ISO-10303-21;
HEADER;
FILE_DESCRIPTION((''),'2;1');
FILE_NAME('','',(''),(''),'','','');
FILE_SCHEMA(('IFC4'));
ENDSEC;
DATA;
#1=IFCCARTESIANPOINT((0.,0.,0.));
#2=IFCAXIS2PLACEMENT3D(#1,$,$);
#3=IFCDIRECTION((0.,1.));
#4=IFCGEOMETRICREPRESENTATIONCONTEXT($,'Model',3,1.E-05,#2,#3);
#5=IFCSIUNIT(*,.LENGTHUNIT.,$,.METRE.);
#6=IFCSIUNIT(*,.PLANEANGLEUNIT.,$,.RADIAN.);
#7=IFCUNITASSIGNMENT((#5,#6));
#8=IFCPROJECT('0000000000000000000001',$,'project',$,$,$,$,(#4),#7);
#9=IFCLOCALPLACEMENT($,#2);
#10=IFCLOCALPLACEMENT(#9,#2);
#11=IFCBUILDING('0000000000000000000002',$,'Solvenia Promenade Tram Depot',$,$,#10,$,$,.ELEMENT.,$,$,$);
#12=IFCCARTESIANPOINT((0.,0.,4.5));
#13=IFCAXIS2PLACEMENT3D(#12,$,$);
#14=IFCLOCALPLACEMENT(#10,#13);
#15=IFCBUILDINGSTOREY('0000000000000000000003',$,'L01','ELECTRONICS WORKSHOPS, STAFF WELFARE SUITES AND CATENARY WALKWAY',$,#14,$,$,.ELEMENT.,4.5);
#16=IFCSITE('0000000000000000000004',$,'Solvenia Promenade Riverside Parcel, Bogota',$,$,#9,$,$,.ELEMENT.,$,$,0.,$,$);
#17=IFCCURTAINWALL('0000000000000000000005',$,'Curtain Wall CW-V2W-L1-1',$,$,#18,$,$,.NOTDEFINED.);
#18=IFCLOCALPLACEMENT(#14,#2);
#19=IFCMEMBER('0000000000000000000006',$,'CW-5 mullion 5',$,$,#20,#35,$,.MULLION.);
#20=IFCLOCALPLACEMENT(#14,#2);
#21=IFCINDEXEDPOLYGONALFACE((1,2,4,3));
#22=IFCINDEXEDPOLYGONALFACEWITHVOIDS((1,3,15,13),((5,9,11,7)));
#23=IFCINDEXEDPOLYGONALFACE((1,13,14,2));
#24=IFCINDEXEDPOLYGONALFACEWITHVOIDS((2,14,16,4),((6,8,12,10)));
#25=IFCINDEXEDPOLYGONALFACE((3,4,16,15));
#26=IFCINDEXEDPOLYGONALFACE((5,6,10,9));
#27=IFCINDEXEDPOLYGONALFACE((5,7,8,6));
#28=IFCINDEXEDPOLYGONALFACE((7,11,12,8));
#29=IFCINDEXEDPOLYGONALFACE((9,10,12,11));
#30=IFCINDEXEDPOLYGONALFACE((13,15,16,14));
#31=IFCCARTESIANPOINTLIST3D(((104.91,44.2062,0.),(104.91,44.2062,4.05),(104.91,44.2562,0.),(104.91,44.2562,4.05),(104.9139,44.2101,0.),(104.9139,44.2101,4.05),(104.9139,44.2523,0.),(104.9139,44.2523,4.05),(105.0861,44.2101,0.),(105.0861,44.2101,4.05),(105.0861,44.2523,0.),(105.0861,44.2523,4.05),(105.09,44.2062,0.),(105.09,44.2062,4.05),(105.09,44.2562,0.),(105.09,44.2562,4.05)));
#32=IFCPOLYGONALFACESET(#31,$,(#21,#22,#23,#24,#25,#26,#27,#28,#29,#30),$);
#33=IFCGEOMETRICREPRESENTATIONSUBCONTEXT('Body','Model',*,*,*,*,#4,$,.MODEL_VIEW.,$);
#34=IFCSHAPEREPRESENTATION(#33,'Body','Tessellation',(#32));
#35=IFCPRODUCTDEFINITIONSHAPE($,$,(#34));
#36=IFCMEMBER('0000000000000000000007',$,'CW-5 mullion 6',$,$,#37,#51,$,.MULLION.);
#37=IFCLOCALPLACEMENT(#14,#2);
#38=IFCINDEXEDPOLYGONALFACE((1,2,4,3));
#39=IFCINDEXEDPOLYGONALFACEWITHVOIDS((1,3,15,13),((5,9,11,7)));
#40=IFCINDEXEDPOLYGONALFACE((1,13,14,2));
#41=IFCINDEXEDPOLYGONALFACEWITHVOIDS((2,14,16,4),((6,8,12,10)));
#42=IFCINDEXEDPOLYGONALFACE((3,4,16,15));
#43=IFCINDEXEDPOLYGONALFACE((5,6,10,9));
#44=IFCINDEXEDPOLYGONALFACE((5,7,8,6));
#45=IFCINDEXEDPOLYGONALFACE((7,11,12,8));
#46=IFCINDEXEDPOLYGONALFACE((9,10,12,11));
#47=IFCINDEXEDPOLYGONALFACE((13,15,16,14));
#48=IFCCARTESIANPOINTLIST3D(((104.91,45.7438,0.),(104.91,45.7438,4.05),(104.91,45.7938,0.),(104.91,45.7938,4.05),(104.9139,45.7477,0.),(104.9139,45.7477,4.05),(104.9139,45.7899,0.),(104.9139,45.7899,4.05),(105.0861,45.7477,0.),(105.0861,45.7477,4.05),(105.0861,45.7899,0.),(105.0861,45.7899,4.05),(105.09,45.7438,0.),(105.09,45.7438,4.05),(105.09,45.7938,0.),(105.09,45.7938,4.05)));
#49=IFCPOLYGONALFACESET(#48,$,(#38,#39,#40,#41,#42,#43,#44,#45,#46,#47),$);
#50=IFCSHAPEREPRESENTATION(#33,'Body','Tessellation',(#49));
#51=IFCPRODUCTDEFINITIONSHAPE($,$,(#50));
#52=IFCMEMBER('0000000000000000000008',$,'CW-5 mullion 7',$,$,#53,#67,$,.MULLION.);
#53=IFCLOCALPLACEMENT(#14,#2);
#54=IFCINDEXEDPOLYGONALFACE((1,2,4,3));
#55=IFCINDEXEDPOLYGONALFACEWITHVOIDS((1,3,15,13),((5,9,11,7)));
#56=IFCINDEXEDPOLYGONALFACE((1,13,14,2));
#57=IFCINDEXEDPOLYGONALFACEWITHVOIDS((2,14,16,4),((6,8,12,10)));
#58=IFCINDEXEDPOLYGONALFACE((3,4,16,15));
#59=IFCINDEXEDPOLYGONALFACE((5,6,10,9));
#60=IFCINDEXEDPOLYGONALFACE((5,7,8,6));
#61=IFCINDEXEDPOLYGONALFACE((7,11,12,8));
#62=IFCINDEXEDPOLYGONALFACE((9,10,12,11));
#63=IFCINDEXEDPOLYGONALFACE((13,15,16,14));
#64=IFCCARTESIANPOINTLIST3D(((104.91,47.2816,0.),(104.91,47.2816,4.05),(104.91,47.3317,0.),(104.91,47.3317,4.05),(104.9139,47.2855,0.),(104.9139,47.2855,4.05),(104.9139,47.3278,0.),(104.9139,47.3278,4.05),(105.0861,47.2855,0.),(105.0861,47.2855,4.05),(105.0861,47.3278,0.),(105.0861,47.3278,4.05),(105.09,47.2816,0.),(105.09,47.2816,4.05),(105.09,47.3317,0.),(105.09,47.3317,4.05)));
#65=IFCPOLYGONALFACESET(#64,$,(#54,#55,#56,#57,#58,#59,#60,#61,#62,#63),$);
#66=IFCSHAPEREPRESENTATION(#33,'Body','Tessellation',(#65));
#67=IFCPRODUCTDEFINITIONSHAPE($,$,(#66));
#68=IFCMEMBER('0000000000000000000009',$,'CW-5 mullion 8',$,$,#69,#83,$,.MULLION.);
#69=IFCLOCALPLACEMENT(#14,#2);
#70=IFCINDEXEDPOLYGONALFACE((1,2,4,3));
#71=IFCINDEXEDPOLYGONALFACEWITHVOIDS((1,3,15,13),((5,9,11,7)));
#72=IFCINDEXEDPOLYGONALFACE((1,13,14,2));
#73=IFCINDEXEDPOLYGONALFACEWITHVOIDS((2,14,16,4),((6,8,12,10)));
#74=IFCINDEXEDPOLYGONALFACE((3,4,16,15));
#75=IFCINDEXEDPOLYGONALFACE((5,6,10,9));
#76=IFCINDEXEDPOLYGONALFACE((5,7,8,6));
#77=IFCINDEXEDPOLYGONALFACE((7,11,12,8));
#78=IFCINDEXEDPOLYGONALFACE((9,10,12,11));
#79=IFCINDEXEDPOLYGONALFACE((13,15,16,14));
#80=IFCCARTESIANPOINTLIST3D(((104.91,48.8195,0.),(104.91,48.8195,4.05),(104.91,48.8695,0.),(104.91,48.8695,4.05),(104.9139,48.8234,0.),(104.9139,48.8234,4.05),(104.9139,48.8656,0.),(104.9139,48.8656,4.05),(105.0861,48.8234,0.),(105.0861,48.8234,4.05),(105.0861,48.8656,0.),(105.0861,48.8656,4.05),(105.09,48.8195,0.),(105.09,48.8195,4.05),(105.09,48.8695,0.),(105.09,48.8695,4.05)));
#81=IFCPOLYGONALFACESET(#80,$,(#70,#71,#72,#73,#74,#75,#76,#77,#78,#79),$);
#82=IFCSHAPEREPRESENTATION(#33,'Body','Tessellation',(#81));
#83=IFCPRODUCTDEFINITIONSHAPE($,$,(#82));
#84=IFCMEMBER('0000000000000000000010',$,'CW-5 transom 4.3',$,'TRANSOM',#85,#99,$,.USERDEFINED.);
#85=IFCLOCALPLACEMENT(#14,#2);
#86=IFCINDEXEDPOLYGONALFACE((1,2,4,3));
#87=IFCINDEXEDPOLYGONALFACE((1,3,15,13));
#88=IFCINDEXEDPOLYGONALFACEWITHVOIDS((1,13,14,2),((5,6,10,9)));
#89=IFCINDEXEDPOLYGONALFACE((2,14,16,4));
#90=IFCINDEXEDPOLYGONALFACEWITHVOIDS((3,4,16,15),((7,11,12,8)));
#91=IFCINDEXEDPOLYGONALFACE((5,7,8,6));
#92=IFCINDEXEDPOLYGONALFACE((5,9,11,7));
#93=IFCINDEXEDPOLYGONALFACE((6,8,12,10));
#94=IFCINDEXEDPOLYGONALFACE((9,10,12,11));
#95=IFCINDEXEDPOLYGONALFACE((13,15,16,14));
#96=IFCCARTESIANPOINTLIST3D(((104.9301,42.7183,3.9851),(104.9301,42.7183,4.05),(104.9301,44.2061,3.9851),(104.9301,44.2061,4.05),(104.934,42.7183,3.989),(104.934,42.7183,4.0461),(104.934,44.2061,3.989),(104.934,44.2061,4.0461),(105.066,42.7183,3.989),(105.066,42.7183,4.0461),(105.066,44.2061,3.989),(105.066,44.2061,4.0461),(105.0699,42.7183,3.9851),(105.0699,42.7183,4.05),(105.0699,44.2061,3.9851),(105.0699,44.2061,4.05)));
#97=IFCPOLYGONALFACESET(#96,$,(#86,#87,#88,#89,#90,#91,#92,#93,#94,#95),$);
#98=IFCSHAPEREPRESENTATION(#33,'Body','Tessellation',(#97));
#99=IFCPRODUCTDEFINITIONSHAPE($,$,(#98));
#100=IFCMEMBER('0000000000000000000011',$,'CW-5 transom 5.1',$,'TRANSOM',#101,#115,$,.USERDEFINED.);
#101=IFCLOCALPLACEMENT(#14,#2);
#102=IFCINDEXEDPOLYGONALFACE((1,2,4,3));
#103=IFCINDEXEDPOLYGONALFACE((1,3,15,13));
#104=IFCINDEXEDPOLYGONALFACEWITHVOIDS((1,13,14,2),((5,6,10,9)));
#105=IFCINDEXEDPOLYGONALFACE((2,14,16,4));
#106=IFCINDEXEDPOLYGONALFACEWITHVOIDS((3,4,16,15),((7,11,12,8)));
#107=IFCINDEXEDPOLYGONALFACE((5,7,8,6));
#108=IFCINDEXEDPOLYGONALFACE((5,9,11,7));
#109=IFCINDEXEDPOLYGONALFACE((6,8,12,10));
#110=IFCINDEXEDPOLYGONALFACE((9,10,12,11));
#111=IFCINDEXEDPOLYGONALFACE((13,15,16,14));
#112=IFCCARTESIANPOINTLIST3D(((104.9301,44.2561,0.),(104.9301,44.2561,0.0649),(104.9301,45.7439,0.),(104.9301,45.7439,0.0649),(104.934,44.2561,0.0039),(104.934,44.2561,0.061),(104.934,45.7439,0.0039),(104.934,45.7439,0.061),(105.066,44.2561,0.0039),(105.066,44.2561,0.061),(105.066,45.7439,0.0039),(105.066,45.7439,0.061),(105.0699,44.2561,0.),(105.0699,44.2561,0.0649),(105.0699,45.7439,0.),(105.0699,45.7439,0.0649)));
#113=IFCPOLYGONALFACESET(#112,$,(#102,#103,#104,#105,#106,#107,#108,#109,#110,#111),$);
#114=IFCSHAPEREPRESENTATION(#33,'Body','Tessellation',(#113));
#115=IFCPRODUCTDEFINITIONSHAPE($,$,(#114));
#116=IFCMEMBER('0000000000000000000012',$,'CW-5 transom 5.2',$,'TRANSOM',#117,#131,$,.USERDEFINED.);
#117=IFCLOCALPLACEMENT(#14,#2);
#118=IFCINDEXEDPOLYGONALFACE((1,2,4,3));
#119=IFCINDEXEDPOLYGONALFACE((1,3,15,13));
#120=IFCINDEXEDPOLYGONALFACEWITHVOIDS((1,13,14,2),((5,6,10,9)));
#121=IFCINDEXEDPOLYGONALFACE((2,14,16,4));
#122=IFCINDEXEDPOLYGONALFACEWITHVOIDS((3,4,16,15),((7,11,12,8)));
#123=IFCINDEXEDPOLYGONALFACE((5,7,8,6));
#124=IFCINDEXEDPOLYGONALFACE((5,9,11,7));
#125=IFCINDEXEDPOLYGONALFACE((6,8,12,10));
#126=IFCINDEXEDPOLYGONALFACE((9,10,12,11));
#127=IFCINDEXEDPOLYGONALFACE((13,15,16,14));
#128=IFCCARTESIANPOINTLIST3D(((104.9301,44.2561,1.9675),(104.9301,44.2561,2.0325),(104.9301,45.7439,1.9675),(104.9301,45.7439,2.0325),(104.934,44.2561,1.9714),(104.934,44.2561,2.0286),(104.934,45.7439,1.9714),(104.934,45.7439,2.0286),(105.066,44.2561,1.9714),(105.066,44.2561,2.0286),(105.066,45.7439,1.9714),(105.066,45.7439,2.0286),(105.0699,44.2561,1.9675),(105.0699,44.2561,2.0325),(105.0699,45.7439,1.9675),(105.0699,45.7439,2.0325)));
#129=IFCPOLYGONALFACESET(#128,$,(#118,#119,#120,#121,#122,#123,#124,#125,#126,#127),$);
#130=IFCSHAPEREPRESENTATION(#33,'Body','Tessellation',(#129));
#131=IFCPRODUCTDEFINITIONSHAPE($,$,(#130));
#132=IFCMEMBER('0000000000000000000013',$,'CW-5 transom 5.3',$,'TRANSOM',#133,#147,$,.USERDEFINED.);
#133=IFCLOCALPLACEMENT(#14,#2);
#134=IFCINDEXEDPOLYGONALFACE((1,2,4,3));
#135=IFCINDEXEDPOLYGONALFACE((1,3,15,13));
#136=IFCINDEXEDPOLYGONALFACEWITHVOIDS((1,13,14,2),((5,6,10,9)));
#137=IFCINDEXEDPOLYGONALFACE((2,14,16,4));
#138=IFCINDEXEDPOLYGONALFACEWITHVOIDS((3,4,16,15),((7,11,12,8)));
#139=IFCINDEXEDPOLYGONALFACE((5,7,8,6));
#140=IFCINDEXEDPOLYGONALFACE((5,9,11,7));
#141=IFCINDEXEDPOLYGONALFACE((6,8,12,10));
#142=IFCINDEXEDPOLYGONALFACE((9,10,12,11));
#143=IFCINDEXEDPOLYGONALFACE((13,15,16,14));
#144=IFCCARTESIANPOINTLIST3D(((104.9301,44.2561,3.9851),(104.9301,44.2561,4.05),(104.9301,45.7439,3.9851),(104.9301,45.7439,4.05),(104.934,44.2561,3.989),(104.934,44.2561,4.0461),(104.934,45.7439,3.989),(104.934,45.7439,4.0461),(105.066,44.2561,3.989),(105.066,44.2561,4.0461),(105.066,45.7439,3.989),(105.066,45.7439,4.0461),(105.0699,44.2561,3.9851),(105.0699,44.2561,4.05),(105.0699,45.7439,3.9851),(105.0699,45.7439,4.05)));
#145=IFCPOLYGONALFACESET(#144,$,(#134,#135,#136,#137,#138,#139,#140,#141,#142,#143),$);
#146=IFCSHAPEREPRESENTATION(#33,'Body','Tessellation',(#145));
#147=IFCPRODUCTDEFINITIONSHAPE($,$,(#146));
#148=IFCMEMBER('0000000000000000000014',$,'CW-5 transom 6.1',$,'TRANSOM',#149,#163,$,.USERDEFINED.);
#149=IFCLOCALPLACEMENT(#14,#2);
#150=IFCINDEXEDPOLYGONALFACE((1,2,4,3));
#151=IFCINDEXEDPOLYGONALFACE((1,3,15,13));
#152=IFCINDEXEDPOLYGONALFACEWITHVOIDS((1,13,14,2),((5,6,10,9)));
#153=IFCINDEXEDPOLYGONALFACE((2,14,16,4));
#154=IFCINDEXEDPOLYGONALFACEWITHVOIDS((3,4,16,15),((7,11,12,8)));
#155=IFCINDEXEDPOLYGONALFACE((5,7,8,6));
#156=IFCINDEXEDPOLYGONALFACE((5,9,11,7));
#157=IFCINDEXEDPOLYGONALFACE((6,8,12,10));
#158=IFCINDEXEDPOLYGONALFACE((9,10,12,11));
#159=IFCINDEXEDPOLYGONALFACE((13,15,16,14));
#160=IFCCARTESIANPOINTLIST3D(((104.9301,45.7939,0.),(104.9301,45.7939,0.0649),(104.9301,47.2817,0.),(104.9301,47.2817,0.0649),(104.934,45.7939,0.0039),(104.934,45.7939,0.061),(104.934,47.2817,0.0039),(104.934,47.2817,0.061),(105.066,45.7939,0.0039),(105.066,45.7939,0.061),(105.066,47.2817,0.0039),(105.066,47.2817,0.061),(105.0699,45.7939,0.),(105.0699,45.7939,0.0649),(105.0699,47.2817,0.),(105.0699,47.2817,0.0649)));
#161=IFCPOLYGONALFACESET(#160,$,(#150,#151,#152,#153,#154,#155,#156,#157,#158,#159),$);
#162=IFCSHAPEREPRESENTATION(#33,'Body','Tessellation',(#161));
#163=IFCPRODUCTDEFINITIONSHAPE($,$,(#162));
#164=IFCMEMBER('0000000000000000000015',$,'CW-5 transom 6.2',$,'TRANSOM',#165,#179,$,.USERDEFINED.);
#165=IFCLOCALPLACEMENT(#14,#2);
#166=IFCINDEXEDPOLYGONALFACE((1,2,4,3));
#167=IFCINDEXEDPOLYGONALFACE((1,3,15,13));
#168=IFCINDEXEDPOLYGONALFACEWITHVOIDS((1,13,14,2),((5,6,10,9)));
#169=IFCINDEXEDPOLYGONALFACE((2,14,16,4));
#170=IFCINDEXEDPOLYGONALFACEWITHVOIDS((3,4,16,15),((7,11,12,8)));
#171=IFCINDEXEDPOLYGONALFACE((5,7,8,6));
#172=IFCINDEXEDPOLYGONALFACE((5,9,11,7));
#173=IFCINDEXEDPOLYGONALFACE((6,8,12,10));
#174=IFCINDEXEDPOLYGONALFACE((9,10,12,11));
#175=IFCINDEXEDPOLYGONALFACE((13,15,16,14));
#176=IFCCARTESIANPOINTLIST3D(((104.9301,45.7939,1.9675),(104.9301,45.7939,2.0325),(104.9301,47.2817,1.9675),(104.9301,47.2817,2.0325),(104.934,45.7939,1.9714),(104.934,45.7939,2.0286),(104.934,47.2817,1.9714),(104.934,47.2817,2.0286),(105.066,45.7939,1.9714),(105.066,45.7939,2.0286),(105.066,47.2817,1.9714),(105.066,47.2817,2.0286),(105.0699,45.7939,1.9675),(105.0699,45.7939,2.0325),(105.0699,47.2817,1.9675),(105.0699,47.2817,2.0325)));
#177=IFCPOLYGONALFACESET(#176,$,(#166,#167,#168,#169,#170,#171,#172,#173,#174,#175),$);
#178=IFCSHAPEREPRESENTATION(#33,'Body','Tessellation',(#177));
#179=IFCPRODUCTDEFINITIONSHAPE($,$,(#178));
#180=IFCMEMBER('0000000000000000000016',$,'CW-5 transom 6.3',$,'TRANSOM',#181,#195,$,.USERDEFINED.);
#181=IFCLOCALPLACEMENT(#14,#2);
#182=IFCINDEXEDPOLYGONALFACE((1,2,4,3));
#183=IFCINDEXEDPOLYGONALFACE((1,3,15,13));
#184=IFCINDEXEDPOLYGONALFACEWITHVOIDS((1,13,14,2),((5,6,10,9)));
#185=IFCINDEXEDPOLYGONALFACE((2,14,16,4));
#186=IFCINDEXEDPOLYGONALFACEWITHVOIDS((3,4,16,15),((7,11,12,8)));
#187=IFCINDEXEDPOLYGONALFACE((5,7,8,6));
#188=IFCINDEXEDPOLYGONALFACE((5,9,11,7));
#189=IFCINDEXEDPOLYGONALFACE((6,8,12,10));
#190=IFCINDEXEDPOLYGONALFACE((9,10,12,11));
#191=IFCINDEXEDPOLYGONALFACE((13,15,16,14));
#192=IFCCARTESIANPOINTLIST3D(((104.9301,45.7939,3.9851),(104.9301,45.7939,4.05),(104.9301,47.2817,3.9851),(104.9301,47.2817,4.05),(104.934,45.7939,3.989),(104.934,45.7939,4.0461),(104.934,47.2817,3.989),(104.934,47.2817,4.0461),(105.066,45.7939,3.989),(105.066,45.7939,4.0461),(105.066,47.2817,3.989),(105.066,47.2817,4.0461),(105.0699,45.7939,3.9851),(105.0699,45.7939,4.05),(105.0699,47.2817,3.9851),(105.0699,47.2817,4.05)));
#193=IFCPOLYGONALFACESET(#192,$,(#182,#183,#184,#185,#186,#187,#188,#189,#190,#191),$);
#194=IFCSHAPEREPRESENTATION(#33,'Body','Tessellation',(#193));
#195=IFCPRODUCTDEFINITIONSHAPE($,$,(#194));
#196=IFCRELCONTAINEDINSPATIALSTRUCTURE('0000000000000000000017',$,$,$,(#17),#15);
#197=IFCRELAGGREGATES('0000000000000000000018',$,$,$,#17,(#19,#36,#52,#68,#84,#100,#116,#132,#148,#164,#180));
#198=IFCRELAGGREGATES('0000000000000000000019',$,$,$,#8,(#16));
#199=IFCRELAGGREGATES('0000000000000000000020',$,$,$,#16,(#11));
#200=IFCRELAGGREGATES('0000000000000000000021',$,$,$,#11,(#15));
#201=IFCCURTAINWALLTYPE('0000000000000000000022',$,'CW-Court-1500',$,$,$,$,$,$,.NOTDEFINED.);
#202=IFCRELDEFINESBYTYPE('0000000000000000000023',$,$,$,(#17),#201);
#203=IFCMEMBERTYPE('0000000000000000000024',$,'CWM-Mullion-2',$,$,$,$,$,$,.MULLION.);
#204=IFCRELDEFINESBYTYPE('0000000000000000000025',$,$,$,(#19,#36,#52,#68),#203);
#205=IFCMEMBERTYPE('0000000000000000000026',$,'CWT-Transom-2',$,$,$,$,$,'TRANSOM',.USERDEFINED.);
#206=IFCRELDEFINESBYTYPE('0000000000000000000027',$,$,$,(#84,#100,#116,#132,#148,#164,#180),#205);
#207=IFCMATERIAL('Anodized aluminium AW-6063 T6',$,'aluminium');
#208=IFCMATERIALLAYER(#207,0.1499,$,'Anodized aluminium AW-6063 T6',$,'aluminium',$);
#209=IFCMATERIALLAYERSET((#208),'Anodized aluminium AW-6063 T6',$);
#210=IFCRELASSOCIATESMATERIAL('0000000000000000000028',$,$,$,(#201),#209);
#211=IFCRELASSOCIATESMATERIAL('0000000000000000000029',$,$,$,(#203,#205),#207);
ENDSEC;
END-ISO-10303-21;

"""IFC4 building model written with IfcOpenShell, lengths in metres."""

from ifc_helpers import new_model, si_unit, direction, frame, origin, origin_2d, place, context, subcontext, project, spatial, hollow_rectangle, extrude, material, layer, layer_set, material_profile, profile_set, type_object, element, aggregate, save


model = new_model("IFC4")

# Units and contexts
model_context = context("Model", 3, precision=1e-05, world=origin(), true_north=direction((0.0, 1.0)))
body_context = subcontext(model_context, "Body", "Model", "MODEL_VIEW")
ifc_project = project(units=[si_unit("LENGTHUNIT", "METRE"), si_unit("PLANEANGLEUNIT", "RADIAN")], contexts=[model_context])

# Site, building, storey
site_placement = place(None, origin())
site = spatial("IfcSite", under=ifc_project, at=site_placement, Name="Solvenia Promenade Riverside Parcel, Bogota", CompositionType="ELEMENT", RefElevation=0.0)
building_placement = place(site_placement, origin())
building = spatial("IfcBuilding", under=site, at=building_placement, Name="Solvenia Promenade Tram Depot", CompositionType="ELEMENT")
storey_placement = place(building_placement, frame((0.0, 0.0, 4.5)))
storey = spatial("IfcBuildingStorey", under=building, at=storey_placement, Name="L01", Description="ELECTRONICS WORKSHOPS, STAFF WELFARE SUITES AND CATENARY WALKWAY", CompositionType="ELEMENT", Elevation=4.5)

# Curtain wall, members
ifc_material_1 = material(Name="Anodized aluminium AW-6063 T6", Category="aluminium")
ifc_layer_1 = layer(ifc_material_1, 0.1499, Name="Anodized aluminium AW-6063 T6", Category="aluminium")
ifc_layer_set_1 = layer_set([ifc_layer_1], Name="Anodized aluminium AW-6063 T6")
curtain_wall_type = type_object("IfcCurtainWallType", Name="CW-Court-1500", PredefinedType="NOTDEFINED", material=ifc_layer_set_1)
curtain_wall_placement = place(storey_placement, origin())
curtain_wall = element("IfcCurtainWall", 1, at=curtain_wall_placement, inside=storey, type_object=curtain_wall_type, Name="Curtain Wall CW-V2W-L1-1", PredefinedType="NOTDEFINED")
ifc_material_profile_1 = material_profile(ifc_material_1, hollow_rectangle(XDim=0.1799, YDim=0.05, WallThickness=0.0039, at=origin_2d()), Name="ALU-M2", Category="aluminium")
ifc_profile_set_1 = profile_set([ifc_material_profile_1], Name="Anodized aluminium AW-6063 T6")
member_type_1 = type_object("IfcMemberType", Name="CWM-Mullion-2", PredefinedType="MULLION", material=ifc_profile_set_1)
member_1_placement = place(storey_placement, frame((105.0, 44.2312, 0.0), z_axis=(0.0, 0.0, 1.0), x_axis=(-1.0, 0.0, 0.0)))
member_1 = element("IfcMember", 2, at=member_1_placement, type_object=member_type_1, Name="CW-5 mullion 5", PredefinedType="MULLION", context=body_context, shape_type="SweptSolid", body=[
    extrude(hollow_rectangle(XDim=0.1799, YDim=0.05, WallThickness=0.0039, at=origin_2d()), origin(), (0.0, 0.0, 1.0), 4.05),
])
member_2_placement = place(storey_placement, frame((105.0, 45.7688, 0.0), z_axis=(0.0, 0.0, 1.0), x_axis=(-1.0, 0.0, 0.0)))
member_2 = element("IfcMember", 3, at=member_2_placement, type_object=member_type_1, Name="CW-5 mullion 6", PredefinedType="MULLION", context=body_context, shape_type="SweptSolid", body=[
    extrude(hollow_rectangle(XDim=0.1799, YDim=0.05, WallThickness=0.0039, at=origin_2d()), origin(), (0.0, 0.0, 1.0), 4.05),
])
member_3_placement = place(storey_placement, frame((105.0, 47.3066, 0.0), z_axis=(0.0, 0.0, 1.0), x_axis=(-1.0, 0.0, 0.0)))
member_3 = element("IfcMember", 4, at=member_3_placement, type_object=member_type_1, Name="CW-5 mullion 7", PredefinedType="MULLION", context=body_context, shape_type="SweptSolid", body=[
    extrude(hollow_rectangle(XDim=0.1799, YDim=0.05, WallThickness=0.0039, at=origin_2d()), origin(), (0.0, 0.0, 1.0), 4.05),
])
member_4_placement = place(storey_placement, frame((105.0, 48.8445, 0.0), z_axis=(0.0, 0.0, 1.0), x_axis=(-1.0, 0.0, 0.0)))
member_4 = element("IfcMember", 5, at=member_4_placement, type_object=member_type_1, Name="CW-5 mullion 8", PredefinedType="MULLION", context=body_context, shape_type="SweptSolid", body=[
    extrude(hollow_rectangle(XDim=0.1799, YDim=0.05, WallThickness=0.0039, at=origin_2d()), origin(), (0.0, 0.0, 1.0), 4.05),
])
ifc_material_profile_2 = material_profile(ifc_material_1, hollow_rectangle(XDim=0.1399, YDim=0.0649, WallThickness=0.0039, at=origin_2d()), Name="ALU-T2", Category="aluminium")
ifc_profile_set_2 = profile_set([ifc_material_profile_2], Name="Anodized aluminium AW-6063 T6")
member_type_2 = type_object("IfcMemberType", Name="CWT-Transom-2", ElementType="TRANSOM", PredefinedType="USERDEFINED", material=ifc_profile_set_2)
member_5_placement = place(storey_placement, frame((105.0, 42.7183, 4.0176), z_axis=(0.0, 1.0, 0.0), x_axis=(-1.0, 0.0, 0.0)))
member_5 = element("IfcMember", 6, at=member_5_placement, type_object=member_type_2, Name="CW-5 transom 4.3", ObjectType="TRANSOM", PredefinedType="USERDEFINED", context=body_context, shape_type="SweptSolid", body=[
    extrude(hollow_rectangle(XDim=0.1399, YDim=0.0649, WallThickness=0.0039, at=origin_2d()), origin(), (0.0, 0.0, 1.0), 1.4878),
])
member_6_placement = place(storey_placement, frame((105.0, 44.2561, 0.0325), z_axis=(0.0, 1.0, 0.0), x_axis=(-1.0, 0.0, 0.0)))
member_6 = element("IfcMember", 7, at=member_6_placement, type_object=member_type_2, Name="CW-5 transom 5.1", ObjectType="TRANSOM", PredefinedType="USERDEFINED", context=body_context, shape_type="SweptSolid", body=[
    extrude(hollow_rectangle(XDim=0.1399, YDim=0.0649, WallThickness=0.0039, at=origin_2d()), origin(), (0.0, 0.0, 1.0), 1.4878),
])
member_7_placement = place(storey_placement, frame((105.0, 44.2561, 2.0), z_axis=(0.0, 1.0, 0.0), x_axis=(-1.0, 0.0, 0.0)))
member_7 = element("IfcMember", 8, at=member_7_placement, type_object=member_type_2, Name="CW-5 transom 5.2", ObjectType="TRANSOM", PredefinedType="USERDEFINED", context=body_context, shape_type="SweptSolid", body=[
    extrude(hollow_rectangle(XDim=0.1399, YDim=0.0649, WallThickness=0.0039, at=origin_2d()), origin(), (0.0, 0.0, 1.0), 1.4878),
])
member_8_placement = place(storey_placement, frame((105.0, 44.2561, 4.0176), z_axis=(0.0, 1.0, 0.0), x_axis=(-1.0, 0.0, 0.0)))
member_8 = element("IfcMember", 9, at=member_8_placement, type_object=member_type_2, Name="CW-5 transom 5.3", ObjectType="TRANSOM", PredefinedType="USERDEFINED", context=body_context, shape_type="SweptSolid", body=[
    extrude(hollow_rectangle(XDim=0.1399, YDim=0.0649, WallThickness=0.0039, at=origin_2d()), origin(), (0.0, 0.0, 1.0), 1.4878),
])
member_9_placement = place(storey_placement, frame((105.0, 45.7939, 0.0325), z_axis=(0.0, 1.0, 0.0), x_axis=(-1.0, 0.0, 0.0)))
member_9 = element("IfcMember", 10, at=member_9_placement, type_object=member_type_2, Name="CW-5 transom 6.1", ObjectType="TRANSOM", PredefinedType="USERDEFINED", context=body_context, shape_type="SweptSolid", body=[
    extrude(hollow_rectangle(XDim=0.1399, YDim=0.0649, WallThickness=0.0039, at=origin_2d()), origin(), (0.0, 0.0, 1.0), 1.4878),
])
member_10_placement = place(storey_placement, frame((105.0, 45.7939, 2.0), z_axis=(0.0, 1.0, 0.0), x_axis=(-1.0, 0.0, 0.0)))
member_10 = element("IfcMember", 11, at=member_10_placement, type_object=member_type_2, Name="CW-5 transom 6.2", ObjectType="TRANSOM", PredefinedType="USERDEFINED", context=body_context, shape_type="SweptSolid", body=[
    extrude(hollow_rectangle(XDim=0.1399, YDim=0.0649, WallThickness=0.0039, at=origin_2d()), origin(), (0.0, 0.0, 1.0), 1.4878),
])
member_11_placement = place(storey_placement, frame((105.0, 45.7939, 4.0176), z_axis=(0.0, 1.0, 0.0), x_axis=(-1.0, 0.0, 0.0)))
member_11 = element("IfcMember", 12, at=member_11_placement, type_object=member_type_2, Name="CW-5 transom 6.3", ObjectType="TRANSOM", PredefinedType="USERDEFINED", context=body_context, shape_type="SweptSolid", body=[
    extrude(hollow_rectangle(XDim=0.1399, YDim=0.0649, WallThickness=0.0039, at=origin_2d()), origin(), (0.0, 0.0, 1.0), 1.4878),
])
aggregate(curtain_wall, [member_1, member_2, member_3, member_4, member_5, member_6, member_7, member_8, member_9, member_10, member_11])

save(model, "model.ifc")
